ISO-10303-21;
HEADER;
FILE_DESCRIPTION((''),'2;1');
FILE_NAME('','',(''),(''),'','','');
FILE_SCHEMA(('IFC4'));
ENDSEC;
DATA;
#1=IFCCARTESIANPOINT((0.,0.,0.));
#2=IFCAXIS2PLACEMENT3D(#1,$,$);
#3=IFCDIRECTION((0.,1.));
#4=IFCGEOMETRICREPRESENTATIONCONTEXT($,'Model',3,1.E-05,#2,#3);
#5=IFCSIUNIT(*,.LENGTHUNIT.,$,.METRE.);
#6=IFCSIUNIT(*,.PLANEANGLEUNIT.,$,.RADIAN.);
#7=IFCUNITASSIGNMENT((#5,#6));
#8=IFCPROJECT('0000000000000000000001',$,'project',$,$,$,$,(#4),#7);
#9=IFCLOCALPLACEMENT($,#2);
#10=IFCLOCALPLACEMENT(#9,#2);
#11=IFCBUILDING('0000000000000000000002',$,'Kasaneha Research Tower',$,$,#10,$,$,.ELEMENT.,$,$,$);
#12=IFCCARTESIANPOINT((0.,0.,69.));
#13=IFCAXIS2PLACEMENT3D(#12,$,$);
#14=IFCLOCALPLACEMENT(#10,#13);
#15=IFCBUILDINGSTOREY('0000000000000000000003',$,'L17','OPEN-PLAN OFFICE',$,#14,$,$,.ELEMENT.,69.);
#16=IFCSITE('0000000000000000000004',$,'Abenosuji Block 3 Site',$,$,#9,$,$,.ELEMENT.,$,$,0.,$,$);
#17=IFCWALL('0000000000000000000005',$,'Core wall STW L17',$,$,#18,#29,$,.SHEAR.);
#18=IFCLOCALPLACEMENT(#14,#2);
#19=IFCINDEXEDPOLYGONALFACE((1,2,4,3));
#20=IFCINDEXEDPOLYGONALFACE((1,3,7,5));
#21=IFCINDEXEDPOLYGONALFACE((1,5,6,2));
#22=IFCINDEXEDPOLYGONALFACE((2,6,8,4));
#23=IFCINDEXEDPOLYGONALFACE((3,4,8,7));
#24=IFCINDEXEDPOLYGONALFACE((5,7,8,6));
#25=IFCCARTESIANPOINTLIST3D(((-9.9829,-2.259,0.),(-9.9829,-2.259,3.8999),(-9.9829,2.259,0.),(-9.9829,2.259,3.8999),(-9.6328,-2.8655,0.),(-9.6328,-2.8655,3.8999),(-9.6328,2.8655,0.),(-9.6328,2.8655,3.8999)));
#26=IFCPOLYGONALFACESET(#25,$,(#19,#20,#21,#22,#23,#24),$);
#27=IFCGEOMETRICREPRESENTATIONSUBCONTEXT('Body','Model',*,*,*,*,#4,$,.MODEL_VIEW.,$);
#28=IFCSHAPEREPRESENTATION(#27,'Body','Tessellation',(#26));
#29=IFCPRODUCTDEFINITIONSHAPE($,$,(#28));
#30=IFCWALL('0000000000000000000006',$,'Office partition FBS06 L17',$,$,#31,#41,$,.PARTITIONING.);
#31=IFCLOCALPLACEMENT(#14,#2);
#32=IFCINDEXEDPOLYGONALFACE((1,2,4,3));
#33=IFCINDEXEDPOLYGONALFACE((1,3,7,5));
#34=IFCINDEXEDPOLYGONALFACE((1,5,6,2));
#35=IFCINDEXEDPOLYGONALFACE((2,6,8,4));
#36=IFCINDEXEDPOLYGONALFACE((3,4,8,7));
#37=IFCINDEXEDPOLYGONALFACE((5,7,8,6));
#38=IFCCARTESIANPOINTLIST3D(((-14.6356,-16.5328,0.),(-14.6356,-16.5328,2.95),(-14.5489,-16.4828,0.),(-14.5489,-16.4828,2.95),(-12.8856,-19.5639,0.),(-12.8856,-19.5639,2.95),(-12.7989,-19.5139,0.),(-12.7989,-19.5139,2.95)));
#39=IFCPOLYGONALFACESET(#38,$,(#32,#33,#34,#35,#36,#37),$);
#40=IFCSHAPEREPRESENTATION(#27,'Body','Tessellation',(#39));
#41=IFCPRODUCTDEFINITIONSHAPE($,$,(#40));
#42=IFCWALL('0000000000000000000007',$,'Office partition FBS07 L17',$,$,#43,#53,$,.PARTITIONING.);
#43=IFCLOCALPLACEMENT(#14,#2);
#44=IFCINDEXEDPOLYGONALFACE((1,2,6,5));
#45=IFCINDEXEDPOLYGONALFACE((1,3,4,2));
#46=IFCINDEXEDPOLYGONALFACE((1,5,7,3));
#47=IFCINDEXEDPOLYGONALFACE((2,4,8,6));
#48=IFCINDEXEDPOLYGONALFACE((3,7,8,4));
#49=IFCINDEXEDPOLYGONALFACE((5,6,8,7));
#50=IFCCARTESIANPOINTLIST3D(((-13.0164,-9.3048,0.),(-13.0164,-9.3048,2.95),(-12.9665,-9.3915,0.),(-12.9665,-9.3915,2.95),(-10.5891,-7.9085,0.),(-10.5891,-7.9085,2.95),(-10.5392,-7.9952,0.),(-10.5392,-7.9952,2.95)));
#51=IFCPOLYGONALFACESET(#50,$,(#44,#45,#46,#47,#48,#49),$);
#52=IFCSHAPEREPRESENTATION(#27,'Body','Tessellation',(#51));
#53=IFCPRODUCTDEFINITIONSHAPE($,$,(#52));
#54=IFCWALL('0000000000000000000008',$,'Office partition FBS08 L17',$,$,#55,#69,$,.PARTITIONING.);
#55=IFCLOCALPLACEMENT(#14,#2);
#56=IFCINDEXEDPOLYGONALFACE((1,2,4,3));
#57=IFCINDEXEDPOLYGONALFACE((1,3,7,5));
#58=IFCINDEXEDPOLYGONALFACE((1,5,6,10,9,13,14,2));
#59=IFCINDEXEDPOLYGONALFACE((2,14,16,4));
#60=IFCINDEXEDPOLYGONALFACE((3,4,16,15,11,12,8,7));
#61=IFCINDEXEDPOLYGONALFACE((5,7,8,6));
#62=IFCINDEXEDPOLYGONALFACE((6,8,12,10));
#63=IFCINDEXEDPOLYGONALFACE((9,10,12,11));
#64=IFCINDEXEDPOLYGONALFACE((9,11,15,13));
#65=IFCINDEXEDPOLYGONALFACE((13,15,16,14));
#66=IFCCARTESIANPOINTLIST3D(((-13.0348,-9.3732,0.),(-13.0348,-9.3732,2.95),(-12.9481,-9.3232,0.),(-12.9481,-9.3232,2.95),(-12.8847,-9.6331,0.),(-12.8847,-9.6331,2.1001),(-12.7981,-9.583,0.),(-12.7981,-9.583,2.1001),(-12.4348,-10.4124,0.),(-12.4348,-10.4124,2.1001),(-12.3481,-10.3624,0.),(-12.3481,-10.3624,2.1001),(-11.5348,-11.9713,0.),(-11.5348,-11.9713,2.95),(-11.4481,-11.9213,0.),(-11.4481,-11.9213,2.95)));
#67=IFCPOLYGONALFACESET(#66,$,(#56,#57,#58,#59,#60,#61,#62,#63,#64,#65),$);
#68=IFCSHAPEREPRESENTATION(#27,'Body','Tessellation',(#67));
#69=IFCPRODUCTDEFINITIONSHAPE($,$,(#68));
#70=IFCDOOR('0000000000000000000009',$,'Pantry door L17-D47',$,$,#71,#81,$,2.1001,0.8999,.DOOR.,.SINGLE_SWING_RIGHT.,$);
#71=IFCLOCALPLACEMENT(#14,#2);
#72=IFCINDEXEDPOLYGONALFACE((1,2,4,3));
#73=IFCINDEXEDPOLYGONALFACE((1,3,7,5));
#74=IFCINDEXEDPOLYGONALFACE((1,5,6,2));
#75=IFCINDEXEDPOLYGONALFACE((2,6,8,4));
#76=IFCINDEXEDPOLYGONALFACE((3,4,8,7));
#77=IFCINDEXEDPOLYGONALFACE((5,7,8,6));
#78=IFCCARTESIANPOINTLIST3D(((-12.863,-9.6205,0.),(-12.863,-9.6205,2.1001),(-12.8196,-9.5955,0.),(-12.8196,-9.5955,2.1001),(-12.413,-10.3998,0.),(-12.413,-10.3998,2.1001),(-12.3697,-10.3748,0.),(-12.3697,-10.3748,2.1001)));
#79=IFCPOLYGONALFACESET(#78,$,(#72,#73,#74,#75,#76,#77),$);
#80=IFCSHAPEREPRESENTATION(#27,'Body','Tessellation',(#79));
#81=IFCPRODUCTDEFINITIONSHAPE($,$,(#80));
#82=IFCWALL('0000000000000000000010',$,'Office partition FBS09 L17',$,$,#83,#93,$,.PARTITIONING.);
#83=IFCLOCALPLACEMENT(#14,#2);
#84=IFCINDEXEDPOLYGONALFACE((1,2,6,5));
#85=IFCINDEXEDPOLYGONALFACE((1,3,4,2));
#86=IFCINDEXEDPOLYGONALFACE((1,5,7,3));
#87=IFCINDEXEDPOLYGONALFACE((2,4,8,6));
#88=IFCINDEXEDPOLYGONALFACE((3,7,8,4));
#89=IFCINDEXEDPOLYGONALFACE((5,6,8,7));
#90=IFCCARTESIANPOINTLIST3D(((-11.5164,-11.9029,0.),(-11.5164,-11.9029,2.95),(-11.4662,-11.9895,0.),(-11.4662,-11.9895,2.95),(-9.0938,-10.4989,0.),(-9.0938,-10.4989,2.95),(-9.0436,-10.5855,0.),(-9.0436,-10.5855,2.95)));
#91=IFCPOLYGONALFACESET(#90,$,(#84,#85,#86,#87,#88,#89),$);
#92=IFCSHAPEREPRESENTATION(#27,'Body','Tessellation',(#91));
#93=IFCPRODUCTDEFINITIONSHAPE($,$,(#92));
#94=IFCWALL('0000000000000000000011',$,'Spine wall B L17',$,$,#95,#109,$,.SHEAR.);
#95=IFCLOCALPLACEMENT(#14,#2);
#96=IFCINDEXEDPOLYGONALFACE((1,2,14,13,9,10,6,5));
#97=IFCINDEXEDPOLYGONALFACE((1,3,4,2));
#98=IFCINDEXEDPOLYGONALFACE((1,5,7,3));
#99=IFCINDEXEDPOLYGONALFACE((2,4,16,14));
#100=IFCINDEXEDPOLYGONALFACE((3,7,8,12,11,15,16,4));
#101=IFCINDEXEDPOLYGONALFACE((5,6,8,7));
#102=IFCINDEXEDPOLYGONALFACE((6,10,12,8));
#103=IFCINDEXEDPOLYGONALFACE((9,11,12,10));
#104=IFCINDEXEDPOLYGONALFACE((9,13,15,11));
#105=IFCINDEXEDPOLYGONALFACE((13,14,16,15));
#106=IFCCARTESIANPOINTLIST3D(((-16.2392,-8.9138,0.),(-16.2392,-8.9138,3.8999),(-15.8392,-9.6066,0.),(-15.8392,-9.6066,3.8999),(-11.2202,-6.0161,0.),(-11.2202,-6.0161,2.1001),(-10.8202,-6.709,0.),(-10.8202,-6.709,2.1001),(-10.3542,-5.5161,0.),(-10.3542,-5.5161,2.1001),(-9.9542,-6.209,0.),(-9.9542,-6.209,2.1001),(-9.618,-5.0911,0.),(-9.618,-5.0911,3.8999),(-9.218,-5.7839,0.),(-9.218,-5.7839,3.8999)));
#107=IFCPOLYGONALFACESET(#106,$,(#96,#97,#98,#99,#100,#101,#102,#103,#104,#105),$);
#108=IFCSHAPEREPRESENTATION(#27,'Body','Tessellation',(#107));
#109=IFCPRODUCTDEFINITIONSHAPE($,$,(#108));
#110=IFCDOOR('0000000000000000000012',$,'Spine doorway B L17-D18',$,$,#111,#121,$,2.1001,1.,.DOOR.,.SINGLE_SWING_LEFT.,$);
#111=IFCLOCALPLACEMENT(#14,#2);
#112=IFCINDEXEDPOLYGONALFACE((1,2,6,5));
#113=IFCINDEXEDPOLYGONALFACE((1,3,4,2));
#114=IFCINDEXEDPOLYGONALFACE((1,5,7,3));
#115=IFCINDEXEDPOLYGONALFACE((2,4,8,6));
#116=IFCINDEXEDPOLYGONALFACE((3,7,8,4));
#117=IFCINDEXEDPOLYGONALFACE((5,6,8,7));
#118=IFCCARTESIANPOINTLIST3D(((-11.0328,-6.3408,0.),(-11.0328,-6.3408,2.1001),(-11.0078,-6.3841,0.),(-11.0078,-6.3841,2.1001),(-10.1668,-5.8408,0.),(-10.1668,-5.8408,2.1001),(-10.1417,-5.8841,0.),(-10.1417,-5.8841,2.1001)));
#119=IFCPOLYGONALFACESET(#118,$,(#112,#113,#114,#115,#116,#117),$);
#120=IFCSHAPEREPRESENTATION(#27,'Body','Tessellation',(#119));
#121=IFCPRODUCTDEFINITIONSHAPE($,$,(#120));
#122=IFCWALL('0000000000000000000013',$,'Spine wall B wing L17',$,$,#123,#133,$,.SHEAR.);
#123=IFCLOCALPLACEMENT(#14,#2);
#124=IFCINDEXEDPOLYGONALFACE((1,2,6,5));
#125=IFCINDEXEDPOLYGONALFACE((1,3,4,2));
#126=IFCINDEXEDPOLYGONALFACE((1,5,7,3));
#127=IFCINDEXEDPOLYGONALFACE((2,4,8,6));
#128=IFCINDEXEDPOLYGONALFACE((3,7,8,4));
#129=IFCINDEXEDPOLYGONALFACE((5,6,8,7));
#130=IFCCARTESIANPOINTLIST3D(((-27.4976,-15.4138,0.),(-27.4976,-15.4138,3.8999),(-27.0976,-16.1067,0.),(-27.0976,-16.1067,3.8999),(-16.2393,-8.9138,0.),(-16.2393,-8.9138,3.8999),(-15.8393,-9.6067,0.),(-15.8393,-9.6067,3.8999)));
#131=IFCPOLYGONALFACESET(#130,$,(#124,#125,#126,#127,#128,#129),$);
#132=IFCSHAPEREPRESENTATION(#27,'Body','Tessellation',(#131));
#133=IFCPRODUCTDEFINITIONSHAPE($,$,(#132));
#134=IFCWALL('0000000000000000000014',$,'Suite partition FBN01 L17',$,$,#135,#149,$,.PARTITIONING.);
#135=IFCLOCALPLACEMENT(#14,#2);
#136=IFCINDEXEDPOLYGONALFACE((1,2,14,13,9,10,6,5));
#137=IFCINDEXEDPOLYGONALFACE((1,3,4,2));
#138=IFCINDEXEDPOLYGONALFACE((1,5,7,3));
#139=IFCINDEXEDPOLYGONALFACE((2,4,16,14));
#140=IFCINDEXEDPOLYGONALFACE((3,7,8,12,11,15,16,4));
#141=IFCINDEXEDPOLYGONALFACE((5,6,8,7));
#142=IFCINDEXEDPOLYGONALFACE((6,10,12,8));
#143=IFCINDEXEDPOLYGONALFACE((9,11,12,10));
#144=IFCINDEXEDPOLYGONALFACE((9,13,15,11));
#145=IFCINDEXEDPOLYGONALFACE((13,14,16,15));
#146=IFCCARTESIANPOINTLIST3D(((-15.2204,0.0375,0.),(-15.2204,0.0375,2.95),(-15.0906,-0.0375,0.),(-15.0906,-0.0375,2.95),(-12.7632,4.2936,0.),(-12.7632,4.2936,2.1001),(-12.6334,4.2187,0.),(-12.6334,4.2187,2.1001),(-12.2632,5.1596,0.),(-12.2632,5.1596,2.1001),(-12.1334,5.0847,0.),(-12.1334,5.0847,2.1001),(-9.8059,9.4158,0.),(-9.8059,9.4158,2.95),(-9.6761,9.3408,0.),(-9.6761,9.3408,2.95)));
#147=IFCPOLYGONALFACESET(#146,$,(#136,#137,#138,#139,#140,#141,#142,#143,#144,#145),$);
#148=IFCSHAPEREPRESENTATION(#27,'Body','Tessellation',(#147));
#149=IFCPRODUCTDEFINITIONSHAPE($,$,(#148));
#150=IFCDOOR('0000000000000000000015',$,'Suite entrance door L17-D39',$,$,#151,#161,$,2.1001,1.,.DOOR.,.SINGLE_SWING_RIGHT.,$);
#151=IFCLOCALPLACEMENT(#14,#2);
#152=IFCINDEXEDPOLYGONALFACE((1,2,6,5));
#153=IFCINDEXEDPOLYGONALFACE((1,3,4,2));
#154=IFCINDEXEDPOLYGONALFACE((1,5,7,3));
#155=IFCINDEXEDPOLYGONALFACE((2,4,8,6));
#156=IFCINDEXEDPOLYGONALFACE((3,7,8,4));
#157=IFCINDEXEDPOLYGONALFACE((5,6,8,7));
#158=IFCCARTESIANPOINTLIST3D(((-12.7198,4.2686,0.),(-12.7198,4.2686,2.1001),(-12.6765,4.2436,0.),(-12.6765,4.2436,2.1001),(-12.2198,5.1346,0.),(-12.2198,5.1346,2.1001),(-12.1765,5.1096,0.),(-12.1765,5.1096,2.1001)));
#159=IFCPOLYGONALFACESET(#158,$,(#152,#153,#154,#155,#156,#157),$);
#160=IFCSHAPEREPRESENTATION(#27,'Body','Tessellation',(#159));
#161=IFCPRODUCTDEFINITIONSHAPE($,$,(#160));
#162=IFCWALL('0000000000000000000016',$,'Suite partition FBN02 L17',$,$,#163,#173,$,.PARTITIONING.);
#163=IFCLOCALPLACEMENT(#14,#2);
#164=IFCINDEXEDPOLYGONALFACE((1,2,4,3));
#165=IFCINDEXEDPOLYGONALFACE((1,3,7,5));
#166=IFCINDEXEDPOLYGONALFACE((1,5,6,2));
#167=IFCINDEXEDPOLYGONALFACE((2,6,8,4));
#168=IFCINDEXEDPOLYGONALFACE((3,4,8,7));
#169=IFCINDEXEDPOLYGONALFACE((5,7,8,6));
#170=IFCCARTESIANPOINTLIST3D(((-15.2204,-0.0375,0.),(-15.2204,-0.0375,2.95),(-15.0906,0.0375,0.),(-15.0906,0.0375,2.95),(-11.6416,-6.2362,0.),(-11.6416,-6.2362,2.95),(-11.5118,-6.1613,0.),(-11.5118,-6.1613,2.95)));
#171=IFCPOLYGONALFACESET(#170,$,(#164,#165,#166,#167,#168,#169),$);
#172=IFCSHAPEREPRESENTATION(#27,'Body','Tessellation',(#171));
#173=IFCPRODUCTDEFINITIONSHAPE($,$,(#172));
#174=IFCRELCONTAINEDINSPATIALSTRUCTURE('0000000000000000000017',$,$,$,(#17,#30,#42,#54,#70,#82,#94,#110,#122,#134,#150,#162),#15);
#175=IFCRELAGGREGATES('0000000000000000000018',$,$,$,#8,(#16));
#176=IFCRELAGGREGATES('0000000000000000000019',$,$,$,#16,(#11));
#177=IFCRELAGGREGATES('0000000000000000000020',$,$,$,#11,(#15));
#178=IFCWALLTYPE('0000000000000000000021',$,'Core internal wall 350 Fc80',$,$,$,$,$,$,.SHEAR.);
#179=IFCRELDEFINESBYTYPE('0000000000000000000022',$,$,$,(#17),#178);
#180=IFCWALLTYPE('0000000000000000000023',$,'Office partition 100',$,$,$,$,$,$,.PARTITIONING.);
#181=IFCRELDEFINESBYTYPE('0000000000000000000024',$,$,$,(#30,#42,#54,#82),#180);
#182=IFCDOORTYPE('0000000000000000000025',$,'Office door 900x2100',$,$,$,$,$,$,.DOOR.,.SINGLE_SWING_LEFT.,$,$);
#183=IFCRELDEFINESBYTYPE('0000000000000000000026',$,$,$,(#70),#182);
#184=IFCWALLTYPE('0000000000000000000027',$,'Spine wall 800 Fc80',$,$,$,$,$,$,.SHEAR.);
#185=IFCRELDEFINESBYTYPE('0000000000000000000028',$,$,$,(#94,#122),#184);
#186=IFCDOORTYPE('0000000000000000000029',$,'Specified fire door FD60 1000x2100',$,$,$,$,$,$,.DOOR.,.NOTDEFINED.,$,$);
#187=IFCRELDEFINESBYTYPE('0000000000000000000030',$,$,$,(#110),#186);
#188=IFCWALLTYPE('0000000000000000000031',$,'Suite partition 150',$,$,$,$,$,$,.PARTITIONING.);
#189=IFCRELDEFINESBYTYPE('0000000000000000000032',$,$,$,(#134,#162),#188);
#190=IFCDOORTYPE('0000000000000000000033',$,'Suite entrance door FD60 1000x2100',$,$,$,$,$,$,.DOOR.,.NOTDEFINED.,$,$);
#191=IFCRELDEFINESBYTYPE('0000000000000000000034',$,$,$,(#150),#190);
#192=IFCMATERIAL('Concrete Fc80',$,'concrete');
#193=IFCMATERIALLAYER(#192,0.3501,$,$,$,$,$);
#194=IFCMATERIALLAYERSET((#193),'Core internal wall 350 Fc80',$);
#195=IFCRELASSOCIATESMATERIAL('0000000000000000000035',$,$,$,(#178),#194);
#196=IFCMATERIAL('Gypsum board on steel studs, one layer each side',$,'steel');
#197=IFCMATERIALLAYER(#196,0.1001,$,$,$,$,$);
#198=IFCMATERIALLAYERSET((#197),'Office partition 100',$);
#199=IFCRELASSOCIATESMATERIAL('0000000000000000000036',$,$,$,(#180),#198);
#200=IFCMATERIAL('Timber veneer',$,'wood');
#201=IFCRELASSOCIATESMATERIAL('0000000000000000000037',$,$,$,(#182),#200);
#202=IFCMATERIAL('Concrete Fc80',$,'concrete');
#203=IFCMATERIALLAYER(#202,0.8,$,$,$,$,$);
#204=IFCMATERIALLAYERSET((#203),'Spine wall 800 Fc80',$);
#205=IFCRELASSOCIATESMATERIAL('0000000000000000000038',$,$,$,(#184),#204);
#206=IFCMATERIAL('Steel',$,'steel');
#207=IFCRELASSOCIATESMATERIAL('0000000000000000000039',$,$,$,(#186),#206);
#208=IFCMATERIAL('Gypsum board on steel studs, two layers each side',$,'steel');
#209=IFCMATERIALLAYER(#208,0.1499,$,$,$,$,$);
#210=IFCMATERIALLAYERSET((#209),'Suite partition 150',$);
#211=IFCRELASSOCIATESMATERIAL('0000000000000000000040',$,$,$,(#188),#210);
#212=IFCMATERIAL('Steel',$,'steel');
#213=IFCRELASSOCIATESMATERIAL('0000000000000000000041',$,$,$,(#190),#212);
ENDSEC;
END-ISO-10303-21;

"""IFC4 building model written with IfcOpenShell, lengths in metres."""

from ifc_helpers import new_model, si_unit, direction, frame, frame_2d, origin, place, context, subcontext, project, spatial, polyline, rectangle, outline, extrude, material, layer, layer_set, type_object, element, fill, save


model = new_model("IFC4")

# Units and contexts
model_context = context("Model", 3, precision=1e-05, world=origin(), true_north=direction((0.0, 1.0)))
body_context = subcontext(model_context, "Body", "Model", "MODEL_VIEW")
ifc_project = project(units=[si_unit("LENGTHUNIT", "METRE"), si_unit("PLANEANGLEUNIT", "RADIAN")], contexts=[model_context])

# Site, building, storey
site_placement = place(None, origin())
site = spatial("IfcSite", under=ifc_project, at=site_placement, Name="Abenosuji Block 3 Site", CompositionType="ELEMENT", RefElevation=0.0)
building_placement = place(site_placement, origin())
building = spatial("IfcBuilding", under=site, at=building_placement, Name="Kasaneha Research Tower", CompositionType="ELEMENT")
storey_placement = place(building_placement, frame((0.0, 0.0, 69.0)))
storey = spatial("IfcBuildingStorey", under=building, at=storey_placement, Name="L17", Description="OPEN-PLAN OFFICE", CompositionType="ELEMENT", Elevation=69.0)

# Shared definitions
ifc_material_1 = material(Name="Concrete Fc80", Category="concrete")
ifc_layer_1 = layer(ifc_material_1, 0.3501)
ifc_layer_set_1 = layer_set([ifc_layer_1], Name="Core internal wall 350 Fc80")
wall_type_1 = type_object("IfcWallType", Name="Core internal wall 350 Fc80", PredefinedType="SHEAR", material=ifc_layer_set_1)

# Walls
wall_1_placement = place(storey_placement, frame((-9.8079, -2.5623, 0.0), z_axis=(0.0, 0.0, 1.0), x_axis=(0.0, 1.0, 0.0)))
element("IfcWall", 1, at=wall_1_placement, inside=storey, type_object=wall_type_1, Name="Core wall STW L17", PredefinedType="SHEAR", context=body_context, shape_type="SweptSolid", body=[
    extrude(outline(polyline([(-0.3032, -0.175), (5.4277, -0.175), (4.8213, 0.175), (0.3032, 0.175), (-0.3032, -0.175)])), origin(), (0.0, 0.0, 1.0), 3.8999),
])
ifc_material_2 = material(Name="Gypsum board on steel studs, one layer each side", Category="steel")
ifc_layer_2 = layer(ifc_material_2, 0.1001)
ifc_layer_set_2 = layer_set([ifc_layer_2], Name="Office partition 100")
wall_type_2 = type_object("IfcWallType", Name="Office partition 100", PredefinedType="PARTITIONING", material=ifc_layer_set_2)
wall_2_placement = place(storey_placement, frame((-14.5923, -16.5078, 0.0), z_axis=(0.0, 0.0, 1.0), x_axis=(0.50001, -0.866019, 0.0)))
element("IfcWall", 2, at=wall_2_placement, inside=storey, type_object=wall_type_2, Name="Office partition FBS06 L17", PredefinedType="PARTITIONING", context=body_context, shape_type="SweptSolid", body=[
    extrude(rectangle(XDim=3.5, YDim=0.1001, at=frame_2d((1.75, 0.0))), origin(), (0.0, 0.0, 1.0), 2.95),
])
wall_3_placement = place(storey_placement, frame((-12.9915, -9.3481, 0.0), z_axis=(0.0, 0.0, 1.0), x_axis=(0.866818, 0.498625, 0.0)))
element("IfcWall", 3, at=wall_3_placement, inside=storey, type_object=wall_type_2, Name="Office partition FBS07 L17", PredefinedType="PARTITIONING", context=body_context, shape_type="SweptSolid", body=[
    extrude(rectangle(XDim=2.8003, YDim=0.1001, at=frame_2d((1.4001, 0.0))), origin(), (0.0, 0.0, 1.0), 2.95),
])

# Wall, opening, door
wall_4_placement = place(storey_placement, frame((-11.4915, -11.9463, 0.0), z_axis=(0.0, 0.0, 1.0), x_axis=(-0.49999, 0.866031, 0.0)))
wall_4 = element("IfcWall", 4, at=wall_4_placement, inside=storey, type_object=wall_type_2, Name="Office partition FBS08 L17", PredefinedType="PARTITIONING", context=body_context, shape_type="SweptSolid", body=[
    extrude(rectangle(XDim=3.0, YDim=0.1001, at=frame_2d((1.5, 0.0))), origin(), (0.0, 0.0, 1.0), 2.95),
])
opening_1_placement = place(wall_4_placement, frame((1.8, 0.0, 0.0)))
opening_1 = element("IfcOpeningElement", 5, at=opening_1_placement, cuts=wall_4, PredefinedType="OPENING", context=body_context, shape_type="SweptSolid", body=[
    extrude(rectangle(XDim=0.8999, YDim=2.1001, at=frame_2d((0.45, 1.05))), frame((0.0, 0.0601, 0.0), z_axis=(0.0, -1.0, 0.0), x_axis=(1.0, 0.0, 0.0)), (0.0, 0.0, 1.0), 0.1201),
])
ifc_material_3 = material(Name="Timber veneer", Category="wood")
door_type_1 = type_object("IfcDoorType", Name="Office door 900x2100", OperationType="SINGLE_SWING_LEFT", PredefinedType="DOOR", material=ifc_material_3)
door_1_placement = place(opening_1_placement, origin())
door_1 = element("IfcDoor", 6, at=door_1_placement, inside=storey, type_object=door_type_1, Name="Pantry door L17-D47", OperationType="SINGLE_SWING_RIGHT", OverallHeight=2.1001, OverallWidth=0.8999, PredefinedType="DOOR", context=body_context, shape_type="SweptSolid", body=[
    extrude(rectangle(XDim=0.8999, YDim=2.1001, at=frame_2d((0.45, 1.05))), frame((0.0, 0.0249, 0.0), z_axis=(0.0, -1.0, 0.0), x_axis=(1.0, 0.0, 0.0)), (0.0, 0.0, 1.0), 0.05),
])
fill(opening_1, door_1)

# Wall
wall_5_placement = place(storey_placement, frame((-9.0688, -10.5422, 0.0), z_axis=(0.0, 0.0, 1.0), x_axis=(-0.865195, -0.501435, 0.0)))
element("IfcWall", 7, at=wall_5_placement, inside=storey, type_object=wall_type_2, Name="Office partition FBS09 L17", PredefinedType="PARTITIONING", context=body_context, shape_type="SweptSolid", body=[
    extrude(rectangle(XDim=2.8, YDim=0.1001, at=frame_2d((1.3999, 0.0))), origin(), (0.0, 0.0, 1.0), 2.95),
])

# Wall, opening, door
ifc_material_4 = material(Name="Concrete Fc80", Category="concrete")
ifc_layer_3 = layer(ifc_material_4, 0.8)
ifc_layer_set_3 = layer_set([ifc_layer_3], Name="Spine wall 800 Fc80")
wall_type_3 = type_object("IfcWallType", Name="Spine wall 800 Fc80", PredefinedType="SHEAR", material=ifc_layer_set_3)
wall_6_placement = place(storey_placement, frame((-9.418, -5.4375, 0.0), z_axis=(0.0, 0.0, 1.0), x_axis=(-0.86603, -0.499992, 0.0)))
wall_6 = element("IfcWall", 8, at=wall_6_placement, inside=storey, type_object=wall_type_3, Name="Spine wall B L17", PredefinedType="SHEAR", context=body_context, shape_type="SweptSolid", body=[
    extrude(rectangle(XDim=7.6455, YDim=0.8, at=frame_2d((3.8228, 0.0))), origin(), (0.0, 0.0, 1.0), 3.8999),
])
opening_2_placement = place(wall_6_placement, frame((0.8501, 0.0, 0.0)))
opening_2 = element("IfcOpeningElement", 9, at=opening_2_placement, cuts=wall_6, PredefinedType="OPENING", context=body_context, shape_type="SweptSolid", body=[
    extrude(rectangle(XDim=1.0, YDim=2.1001, at=frame_2d((0.5, 1.05))), frame((0.0, 0.4102, 0.0), z_axis=(0.0, -1.0, 0.0), x_axis=(1.0, 0.0, 0.0)), (0.0, 0.0, 1.0), 0.8201),
])
ifc_material_5 = material(Name="Steel", Category="steel")
door_type_2 = type_object("IfcDoorType", Name="Specified fire door FD60 1000x2100", OperationType="NOTDEFINED", PredefinedType="DOOR", material=ifc_material_5)
door_2_placement = place(opening_2_placement, origin())
door_2 = element("IfcDoor", 10, at=door_2_placement, inside=storey, type_object=door_type_2, Name="Spine doorway B L17-D18", OperationType="SINGLE_SWING_LEFT", OverallHeight=2.1001, OverallWidth=1.0, PredefinedType="DOOR", context=body_context, shape_type="SweptSolid", body=[
    extrude(rectangle(XDim=1.0, YDim=2.1001, at=frame_2d((0.5, 1.05))), frame((0.0, 0.0249, 0.0), z_axis=(0.0, -1.0, 0.0), x_axis=(1.0, 0.0, 0.0)), (0.0, 0.0, 1.0), 0.05),
])
fill(opening_2, door_2)

# Wall
wall_7_placement = place(storey_placement, frame((-16.0393, -9.2603, 0.0), z_axis=(0.0, 0.0, 1.0), x_axis=(-0.866025, -0.500001, 0.0)))
element("IfcWall", 11, at=wall_7_placement, inside=storey, type_object=wall_type_3, Name="Spine wall B wing L17", PredefinedType="SHEAR", context=body_context, shape_type="SweptSolid", body=[
    extrude(rectangle(XDim=13.0, YDim=0.8, at=frame_2d((6.5, 0.0))), origin(), (0.0, 0.0, 1.0), 3.8999),
])

# Wall, opening, door
ifc_material_6 = material(Name="Gypsum board on steel studs, two layers each side", Category="steel")
ifc_layer_4 = layer(ifc_material_6, 0.1499)
ifc_layer_set_4 = layer_set([ifc_layer_4], Name="Suite partition 150")
wall_type_4 = type_object("IfcWallType", Name="Suite partition 150", PredefinedType="PARTITIONING", material=ifc_layer_set_4)
wall_8_placement = place(storey_placement, frame((-15.1555, 0.0, 0.0), z_axis=(0.0, 0.0, 1.0), x_axis=(0.499994, 0.866029, 0.0)))
wall_8 = element("IfcWall", 12, at=wall_8_placement, inside=storey, type_object=wall_type_4, Name="Suite partition FBN01 L17", PredefinedType="PARTITIONING", context=body_context, shape_type="SweptSolid", body=[
    extrude(rectangle(XDim=10.8291, YDim=0.1499, at=frame_2d((5.4146, 0.0))), origin(), (0.0, 0.0, 1.0), 2.95),
])
opening_3_placement = place(wall_8_placement, frame((4.9146, 0.0, 0.0)))
opening_3 = element("IfcOpeningElement", 13, at=opening_3_placement, cuts=wall_8, PredefinedType="OPENING", context=body_context, shape_type="SweptSolid", body=[
    extrude(rectangle(XDim=1.0, YDim=2.1001, at=frame_2d((0.5, 1.05))), frame((0.0, 0.085, 0.0), z_axis=(0.0, -1.0, 0.0), x_axis=(1.0, 0.0, 0.0)), (0.0, 0.0, 1.0), 0.1699),
])
ifc_material_7 = material(Name="Steel", Category="steel")
door_type_3 = type_object("IfcDoorType", Name="Suite entrance door FD60 1000x2100", OperationType="NOTDEFINED", PredefinedType="DOOR", material=ifc_material_7)
door_3_placement = place(opening_3_placement, origin())
door_3 = element("IfcDoor", 14, at=door_3_placement, inside=storey, type_object=door_type_3, Name="Suite entrance door L17-D39", OperationType="SINGLE_SWING_RIGHT", OverallHeight=2.1001, OverallWidth=1.0, PredefinedType="DOOR", context=body_context, shape_type="SweptSolid", body=[
    extrude(rectangle(XDim=1.0, YDim=2.1001, at=frame_2d((0.5, 1.05))), frame((0.0, 0.0249, 0.0), z_axis=(0.0, -1.0, 0.0), x_axis=(1.0, 0.0, 0.0)), (0.0, 0.0, 1.0), 0.05),
])
fill(opening_3, door_3)

# Wall
wall_9_placement = place(storey_placement, frame((-11.5767, -6.1987, 0.0), z_axis=(0.0, 0.0, 1.0), x_axis=(-0.500002, 0.866024, 0.0)))
element("IfcWall", 15, at=wall_9_placement, inside=storey, type_object=wall_type_4, Name="Suite partition FBN02 L17", PredefinedType="PARTITIONING", context=body_context, shape_type="SweptSolid", body=[
    extrude(rectangle(XDim=7.1577, YDim=0.1499, at=frame_2d((3.5789, 0.0))), origin(), (0.0, 0.0, 1.0), 2.95),
])

save(model, "model.ifc")
